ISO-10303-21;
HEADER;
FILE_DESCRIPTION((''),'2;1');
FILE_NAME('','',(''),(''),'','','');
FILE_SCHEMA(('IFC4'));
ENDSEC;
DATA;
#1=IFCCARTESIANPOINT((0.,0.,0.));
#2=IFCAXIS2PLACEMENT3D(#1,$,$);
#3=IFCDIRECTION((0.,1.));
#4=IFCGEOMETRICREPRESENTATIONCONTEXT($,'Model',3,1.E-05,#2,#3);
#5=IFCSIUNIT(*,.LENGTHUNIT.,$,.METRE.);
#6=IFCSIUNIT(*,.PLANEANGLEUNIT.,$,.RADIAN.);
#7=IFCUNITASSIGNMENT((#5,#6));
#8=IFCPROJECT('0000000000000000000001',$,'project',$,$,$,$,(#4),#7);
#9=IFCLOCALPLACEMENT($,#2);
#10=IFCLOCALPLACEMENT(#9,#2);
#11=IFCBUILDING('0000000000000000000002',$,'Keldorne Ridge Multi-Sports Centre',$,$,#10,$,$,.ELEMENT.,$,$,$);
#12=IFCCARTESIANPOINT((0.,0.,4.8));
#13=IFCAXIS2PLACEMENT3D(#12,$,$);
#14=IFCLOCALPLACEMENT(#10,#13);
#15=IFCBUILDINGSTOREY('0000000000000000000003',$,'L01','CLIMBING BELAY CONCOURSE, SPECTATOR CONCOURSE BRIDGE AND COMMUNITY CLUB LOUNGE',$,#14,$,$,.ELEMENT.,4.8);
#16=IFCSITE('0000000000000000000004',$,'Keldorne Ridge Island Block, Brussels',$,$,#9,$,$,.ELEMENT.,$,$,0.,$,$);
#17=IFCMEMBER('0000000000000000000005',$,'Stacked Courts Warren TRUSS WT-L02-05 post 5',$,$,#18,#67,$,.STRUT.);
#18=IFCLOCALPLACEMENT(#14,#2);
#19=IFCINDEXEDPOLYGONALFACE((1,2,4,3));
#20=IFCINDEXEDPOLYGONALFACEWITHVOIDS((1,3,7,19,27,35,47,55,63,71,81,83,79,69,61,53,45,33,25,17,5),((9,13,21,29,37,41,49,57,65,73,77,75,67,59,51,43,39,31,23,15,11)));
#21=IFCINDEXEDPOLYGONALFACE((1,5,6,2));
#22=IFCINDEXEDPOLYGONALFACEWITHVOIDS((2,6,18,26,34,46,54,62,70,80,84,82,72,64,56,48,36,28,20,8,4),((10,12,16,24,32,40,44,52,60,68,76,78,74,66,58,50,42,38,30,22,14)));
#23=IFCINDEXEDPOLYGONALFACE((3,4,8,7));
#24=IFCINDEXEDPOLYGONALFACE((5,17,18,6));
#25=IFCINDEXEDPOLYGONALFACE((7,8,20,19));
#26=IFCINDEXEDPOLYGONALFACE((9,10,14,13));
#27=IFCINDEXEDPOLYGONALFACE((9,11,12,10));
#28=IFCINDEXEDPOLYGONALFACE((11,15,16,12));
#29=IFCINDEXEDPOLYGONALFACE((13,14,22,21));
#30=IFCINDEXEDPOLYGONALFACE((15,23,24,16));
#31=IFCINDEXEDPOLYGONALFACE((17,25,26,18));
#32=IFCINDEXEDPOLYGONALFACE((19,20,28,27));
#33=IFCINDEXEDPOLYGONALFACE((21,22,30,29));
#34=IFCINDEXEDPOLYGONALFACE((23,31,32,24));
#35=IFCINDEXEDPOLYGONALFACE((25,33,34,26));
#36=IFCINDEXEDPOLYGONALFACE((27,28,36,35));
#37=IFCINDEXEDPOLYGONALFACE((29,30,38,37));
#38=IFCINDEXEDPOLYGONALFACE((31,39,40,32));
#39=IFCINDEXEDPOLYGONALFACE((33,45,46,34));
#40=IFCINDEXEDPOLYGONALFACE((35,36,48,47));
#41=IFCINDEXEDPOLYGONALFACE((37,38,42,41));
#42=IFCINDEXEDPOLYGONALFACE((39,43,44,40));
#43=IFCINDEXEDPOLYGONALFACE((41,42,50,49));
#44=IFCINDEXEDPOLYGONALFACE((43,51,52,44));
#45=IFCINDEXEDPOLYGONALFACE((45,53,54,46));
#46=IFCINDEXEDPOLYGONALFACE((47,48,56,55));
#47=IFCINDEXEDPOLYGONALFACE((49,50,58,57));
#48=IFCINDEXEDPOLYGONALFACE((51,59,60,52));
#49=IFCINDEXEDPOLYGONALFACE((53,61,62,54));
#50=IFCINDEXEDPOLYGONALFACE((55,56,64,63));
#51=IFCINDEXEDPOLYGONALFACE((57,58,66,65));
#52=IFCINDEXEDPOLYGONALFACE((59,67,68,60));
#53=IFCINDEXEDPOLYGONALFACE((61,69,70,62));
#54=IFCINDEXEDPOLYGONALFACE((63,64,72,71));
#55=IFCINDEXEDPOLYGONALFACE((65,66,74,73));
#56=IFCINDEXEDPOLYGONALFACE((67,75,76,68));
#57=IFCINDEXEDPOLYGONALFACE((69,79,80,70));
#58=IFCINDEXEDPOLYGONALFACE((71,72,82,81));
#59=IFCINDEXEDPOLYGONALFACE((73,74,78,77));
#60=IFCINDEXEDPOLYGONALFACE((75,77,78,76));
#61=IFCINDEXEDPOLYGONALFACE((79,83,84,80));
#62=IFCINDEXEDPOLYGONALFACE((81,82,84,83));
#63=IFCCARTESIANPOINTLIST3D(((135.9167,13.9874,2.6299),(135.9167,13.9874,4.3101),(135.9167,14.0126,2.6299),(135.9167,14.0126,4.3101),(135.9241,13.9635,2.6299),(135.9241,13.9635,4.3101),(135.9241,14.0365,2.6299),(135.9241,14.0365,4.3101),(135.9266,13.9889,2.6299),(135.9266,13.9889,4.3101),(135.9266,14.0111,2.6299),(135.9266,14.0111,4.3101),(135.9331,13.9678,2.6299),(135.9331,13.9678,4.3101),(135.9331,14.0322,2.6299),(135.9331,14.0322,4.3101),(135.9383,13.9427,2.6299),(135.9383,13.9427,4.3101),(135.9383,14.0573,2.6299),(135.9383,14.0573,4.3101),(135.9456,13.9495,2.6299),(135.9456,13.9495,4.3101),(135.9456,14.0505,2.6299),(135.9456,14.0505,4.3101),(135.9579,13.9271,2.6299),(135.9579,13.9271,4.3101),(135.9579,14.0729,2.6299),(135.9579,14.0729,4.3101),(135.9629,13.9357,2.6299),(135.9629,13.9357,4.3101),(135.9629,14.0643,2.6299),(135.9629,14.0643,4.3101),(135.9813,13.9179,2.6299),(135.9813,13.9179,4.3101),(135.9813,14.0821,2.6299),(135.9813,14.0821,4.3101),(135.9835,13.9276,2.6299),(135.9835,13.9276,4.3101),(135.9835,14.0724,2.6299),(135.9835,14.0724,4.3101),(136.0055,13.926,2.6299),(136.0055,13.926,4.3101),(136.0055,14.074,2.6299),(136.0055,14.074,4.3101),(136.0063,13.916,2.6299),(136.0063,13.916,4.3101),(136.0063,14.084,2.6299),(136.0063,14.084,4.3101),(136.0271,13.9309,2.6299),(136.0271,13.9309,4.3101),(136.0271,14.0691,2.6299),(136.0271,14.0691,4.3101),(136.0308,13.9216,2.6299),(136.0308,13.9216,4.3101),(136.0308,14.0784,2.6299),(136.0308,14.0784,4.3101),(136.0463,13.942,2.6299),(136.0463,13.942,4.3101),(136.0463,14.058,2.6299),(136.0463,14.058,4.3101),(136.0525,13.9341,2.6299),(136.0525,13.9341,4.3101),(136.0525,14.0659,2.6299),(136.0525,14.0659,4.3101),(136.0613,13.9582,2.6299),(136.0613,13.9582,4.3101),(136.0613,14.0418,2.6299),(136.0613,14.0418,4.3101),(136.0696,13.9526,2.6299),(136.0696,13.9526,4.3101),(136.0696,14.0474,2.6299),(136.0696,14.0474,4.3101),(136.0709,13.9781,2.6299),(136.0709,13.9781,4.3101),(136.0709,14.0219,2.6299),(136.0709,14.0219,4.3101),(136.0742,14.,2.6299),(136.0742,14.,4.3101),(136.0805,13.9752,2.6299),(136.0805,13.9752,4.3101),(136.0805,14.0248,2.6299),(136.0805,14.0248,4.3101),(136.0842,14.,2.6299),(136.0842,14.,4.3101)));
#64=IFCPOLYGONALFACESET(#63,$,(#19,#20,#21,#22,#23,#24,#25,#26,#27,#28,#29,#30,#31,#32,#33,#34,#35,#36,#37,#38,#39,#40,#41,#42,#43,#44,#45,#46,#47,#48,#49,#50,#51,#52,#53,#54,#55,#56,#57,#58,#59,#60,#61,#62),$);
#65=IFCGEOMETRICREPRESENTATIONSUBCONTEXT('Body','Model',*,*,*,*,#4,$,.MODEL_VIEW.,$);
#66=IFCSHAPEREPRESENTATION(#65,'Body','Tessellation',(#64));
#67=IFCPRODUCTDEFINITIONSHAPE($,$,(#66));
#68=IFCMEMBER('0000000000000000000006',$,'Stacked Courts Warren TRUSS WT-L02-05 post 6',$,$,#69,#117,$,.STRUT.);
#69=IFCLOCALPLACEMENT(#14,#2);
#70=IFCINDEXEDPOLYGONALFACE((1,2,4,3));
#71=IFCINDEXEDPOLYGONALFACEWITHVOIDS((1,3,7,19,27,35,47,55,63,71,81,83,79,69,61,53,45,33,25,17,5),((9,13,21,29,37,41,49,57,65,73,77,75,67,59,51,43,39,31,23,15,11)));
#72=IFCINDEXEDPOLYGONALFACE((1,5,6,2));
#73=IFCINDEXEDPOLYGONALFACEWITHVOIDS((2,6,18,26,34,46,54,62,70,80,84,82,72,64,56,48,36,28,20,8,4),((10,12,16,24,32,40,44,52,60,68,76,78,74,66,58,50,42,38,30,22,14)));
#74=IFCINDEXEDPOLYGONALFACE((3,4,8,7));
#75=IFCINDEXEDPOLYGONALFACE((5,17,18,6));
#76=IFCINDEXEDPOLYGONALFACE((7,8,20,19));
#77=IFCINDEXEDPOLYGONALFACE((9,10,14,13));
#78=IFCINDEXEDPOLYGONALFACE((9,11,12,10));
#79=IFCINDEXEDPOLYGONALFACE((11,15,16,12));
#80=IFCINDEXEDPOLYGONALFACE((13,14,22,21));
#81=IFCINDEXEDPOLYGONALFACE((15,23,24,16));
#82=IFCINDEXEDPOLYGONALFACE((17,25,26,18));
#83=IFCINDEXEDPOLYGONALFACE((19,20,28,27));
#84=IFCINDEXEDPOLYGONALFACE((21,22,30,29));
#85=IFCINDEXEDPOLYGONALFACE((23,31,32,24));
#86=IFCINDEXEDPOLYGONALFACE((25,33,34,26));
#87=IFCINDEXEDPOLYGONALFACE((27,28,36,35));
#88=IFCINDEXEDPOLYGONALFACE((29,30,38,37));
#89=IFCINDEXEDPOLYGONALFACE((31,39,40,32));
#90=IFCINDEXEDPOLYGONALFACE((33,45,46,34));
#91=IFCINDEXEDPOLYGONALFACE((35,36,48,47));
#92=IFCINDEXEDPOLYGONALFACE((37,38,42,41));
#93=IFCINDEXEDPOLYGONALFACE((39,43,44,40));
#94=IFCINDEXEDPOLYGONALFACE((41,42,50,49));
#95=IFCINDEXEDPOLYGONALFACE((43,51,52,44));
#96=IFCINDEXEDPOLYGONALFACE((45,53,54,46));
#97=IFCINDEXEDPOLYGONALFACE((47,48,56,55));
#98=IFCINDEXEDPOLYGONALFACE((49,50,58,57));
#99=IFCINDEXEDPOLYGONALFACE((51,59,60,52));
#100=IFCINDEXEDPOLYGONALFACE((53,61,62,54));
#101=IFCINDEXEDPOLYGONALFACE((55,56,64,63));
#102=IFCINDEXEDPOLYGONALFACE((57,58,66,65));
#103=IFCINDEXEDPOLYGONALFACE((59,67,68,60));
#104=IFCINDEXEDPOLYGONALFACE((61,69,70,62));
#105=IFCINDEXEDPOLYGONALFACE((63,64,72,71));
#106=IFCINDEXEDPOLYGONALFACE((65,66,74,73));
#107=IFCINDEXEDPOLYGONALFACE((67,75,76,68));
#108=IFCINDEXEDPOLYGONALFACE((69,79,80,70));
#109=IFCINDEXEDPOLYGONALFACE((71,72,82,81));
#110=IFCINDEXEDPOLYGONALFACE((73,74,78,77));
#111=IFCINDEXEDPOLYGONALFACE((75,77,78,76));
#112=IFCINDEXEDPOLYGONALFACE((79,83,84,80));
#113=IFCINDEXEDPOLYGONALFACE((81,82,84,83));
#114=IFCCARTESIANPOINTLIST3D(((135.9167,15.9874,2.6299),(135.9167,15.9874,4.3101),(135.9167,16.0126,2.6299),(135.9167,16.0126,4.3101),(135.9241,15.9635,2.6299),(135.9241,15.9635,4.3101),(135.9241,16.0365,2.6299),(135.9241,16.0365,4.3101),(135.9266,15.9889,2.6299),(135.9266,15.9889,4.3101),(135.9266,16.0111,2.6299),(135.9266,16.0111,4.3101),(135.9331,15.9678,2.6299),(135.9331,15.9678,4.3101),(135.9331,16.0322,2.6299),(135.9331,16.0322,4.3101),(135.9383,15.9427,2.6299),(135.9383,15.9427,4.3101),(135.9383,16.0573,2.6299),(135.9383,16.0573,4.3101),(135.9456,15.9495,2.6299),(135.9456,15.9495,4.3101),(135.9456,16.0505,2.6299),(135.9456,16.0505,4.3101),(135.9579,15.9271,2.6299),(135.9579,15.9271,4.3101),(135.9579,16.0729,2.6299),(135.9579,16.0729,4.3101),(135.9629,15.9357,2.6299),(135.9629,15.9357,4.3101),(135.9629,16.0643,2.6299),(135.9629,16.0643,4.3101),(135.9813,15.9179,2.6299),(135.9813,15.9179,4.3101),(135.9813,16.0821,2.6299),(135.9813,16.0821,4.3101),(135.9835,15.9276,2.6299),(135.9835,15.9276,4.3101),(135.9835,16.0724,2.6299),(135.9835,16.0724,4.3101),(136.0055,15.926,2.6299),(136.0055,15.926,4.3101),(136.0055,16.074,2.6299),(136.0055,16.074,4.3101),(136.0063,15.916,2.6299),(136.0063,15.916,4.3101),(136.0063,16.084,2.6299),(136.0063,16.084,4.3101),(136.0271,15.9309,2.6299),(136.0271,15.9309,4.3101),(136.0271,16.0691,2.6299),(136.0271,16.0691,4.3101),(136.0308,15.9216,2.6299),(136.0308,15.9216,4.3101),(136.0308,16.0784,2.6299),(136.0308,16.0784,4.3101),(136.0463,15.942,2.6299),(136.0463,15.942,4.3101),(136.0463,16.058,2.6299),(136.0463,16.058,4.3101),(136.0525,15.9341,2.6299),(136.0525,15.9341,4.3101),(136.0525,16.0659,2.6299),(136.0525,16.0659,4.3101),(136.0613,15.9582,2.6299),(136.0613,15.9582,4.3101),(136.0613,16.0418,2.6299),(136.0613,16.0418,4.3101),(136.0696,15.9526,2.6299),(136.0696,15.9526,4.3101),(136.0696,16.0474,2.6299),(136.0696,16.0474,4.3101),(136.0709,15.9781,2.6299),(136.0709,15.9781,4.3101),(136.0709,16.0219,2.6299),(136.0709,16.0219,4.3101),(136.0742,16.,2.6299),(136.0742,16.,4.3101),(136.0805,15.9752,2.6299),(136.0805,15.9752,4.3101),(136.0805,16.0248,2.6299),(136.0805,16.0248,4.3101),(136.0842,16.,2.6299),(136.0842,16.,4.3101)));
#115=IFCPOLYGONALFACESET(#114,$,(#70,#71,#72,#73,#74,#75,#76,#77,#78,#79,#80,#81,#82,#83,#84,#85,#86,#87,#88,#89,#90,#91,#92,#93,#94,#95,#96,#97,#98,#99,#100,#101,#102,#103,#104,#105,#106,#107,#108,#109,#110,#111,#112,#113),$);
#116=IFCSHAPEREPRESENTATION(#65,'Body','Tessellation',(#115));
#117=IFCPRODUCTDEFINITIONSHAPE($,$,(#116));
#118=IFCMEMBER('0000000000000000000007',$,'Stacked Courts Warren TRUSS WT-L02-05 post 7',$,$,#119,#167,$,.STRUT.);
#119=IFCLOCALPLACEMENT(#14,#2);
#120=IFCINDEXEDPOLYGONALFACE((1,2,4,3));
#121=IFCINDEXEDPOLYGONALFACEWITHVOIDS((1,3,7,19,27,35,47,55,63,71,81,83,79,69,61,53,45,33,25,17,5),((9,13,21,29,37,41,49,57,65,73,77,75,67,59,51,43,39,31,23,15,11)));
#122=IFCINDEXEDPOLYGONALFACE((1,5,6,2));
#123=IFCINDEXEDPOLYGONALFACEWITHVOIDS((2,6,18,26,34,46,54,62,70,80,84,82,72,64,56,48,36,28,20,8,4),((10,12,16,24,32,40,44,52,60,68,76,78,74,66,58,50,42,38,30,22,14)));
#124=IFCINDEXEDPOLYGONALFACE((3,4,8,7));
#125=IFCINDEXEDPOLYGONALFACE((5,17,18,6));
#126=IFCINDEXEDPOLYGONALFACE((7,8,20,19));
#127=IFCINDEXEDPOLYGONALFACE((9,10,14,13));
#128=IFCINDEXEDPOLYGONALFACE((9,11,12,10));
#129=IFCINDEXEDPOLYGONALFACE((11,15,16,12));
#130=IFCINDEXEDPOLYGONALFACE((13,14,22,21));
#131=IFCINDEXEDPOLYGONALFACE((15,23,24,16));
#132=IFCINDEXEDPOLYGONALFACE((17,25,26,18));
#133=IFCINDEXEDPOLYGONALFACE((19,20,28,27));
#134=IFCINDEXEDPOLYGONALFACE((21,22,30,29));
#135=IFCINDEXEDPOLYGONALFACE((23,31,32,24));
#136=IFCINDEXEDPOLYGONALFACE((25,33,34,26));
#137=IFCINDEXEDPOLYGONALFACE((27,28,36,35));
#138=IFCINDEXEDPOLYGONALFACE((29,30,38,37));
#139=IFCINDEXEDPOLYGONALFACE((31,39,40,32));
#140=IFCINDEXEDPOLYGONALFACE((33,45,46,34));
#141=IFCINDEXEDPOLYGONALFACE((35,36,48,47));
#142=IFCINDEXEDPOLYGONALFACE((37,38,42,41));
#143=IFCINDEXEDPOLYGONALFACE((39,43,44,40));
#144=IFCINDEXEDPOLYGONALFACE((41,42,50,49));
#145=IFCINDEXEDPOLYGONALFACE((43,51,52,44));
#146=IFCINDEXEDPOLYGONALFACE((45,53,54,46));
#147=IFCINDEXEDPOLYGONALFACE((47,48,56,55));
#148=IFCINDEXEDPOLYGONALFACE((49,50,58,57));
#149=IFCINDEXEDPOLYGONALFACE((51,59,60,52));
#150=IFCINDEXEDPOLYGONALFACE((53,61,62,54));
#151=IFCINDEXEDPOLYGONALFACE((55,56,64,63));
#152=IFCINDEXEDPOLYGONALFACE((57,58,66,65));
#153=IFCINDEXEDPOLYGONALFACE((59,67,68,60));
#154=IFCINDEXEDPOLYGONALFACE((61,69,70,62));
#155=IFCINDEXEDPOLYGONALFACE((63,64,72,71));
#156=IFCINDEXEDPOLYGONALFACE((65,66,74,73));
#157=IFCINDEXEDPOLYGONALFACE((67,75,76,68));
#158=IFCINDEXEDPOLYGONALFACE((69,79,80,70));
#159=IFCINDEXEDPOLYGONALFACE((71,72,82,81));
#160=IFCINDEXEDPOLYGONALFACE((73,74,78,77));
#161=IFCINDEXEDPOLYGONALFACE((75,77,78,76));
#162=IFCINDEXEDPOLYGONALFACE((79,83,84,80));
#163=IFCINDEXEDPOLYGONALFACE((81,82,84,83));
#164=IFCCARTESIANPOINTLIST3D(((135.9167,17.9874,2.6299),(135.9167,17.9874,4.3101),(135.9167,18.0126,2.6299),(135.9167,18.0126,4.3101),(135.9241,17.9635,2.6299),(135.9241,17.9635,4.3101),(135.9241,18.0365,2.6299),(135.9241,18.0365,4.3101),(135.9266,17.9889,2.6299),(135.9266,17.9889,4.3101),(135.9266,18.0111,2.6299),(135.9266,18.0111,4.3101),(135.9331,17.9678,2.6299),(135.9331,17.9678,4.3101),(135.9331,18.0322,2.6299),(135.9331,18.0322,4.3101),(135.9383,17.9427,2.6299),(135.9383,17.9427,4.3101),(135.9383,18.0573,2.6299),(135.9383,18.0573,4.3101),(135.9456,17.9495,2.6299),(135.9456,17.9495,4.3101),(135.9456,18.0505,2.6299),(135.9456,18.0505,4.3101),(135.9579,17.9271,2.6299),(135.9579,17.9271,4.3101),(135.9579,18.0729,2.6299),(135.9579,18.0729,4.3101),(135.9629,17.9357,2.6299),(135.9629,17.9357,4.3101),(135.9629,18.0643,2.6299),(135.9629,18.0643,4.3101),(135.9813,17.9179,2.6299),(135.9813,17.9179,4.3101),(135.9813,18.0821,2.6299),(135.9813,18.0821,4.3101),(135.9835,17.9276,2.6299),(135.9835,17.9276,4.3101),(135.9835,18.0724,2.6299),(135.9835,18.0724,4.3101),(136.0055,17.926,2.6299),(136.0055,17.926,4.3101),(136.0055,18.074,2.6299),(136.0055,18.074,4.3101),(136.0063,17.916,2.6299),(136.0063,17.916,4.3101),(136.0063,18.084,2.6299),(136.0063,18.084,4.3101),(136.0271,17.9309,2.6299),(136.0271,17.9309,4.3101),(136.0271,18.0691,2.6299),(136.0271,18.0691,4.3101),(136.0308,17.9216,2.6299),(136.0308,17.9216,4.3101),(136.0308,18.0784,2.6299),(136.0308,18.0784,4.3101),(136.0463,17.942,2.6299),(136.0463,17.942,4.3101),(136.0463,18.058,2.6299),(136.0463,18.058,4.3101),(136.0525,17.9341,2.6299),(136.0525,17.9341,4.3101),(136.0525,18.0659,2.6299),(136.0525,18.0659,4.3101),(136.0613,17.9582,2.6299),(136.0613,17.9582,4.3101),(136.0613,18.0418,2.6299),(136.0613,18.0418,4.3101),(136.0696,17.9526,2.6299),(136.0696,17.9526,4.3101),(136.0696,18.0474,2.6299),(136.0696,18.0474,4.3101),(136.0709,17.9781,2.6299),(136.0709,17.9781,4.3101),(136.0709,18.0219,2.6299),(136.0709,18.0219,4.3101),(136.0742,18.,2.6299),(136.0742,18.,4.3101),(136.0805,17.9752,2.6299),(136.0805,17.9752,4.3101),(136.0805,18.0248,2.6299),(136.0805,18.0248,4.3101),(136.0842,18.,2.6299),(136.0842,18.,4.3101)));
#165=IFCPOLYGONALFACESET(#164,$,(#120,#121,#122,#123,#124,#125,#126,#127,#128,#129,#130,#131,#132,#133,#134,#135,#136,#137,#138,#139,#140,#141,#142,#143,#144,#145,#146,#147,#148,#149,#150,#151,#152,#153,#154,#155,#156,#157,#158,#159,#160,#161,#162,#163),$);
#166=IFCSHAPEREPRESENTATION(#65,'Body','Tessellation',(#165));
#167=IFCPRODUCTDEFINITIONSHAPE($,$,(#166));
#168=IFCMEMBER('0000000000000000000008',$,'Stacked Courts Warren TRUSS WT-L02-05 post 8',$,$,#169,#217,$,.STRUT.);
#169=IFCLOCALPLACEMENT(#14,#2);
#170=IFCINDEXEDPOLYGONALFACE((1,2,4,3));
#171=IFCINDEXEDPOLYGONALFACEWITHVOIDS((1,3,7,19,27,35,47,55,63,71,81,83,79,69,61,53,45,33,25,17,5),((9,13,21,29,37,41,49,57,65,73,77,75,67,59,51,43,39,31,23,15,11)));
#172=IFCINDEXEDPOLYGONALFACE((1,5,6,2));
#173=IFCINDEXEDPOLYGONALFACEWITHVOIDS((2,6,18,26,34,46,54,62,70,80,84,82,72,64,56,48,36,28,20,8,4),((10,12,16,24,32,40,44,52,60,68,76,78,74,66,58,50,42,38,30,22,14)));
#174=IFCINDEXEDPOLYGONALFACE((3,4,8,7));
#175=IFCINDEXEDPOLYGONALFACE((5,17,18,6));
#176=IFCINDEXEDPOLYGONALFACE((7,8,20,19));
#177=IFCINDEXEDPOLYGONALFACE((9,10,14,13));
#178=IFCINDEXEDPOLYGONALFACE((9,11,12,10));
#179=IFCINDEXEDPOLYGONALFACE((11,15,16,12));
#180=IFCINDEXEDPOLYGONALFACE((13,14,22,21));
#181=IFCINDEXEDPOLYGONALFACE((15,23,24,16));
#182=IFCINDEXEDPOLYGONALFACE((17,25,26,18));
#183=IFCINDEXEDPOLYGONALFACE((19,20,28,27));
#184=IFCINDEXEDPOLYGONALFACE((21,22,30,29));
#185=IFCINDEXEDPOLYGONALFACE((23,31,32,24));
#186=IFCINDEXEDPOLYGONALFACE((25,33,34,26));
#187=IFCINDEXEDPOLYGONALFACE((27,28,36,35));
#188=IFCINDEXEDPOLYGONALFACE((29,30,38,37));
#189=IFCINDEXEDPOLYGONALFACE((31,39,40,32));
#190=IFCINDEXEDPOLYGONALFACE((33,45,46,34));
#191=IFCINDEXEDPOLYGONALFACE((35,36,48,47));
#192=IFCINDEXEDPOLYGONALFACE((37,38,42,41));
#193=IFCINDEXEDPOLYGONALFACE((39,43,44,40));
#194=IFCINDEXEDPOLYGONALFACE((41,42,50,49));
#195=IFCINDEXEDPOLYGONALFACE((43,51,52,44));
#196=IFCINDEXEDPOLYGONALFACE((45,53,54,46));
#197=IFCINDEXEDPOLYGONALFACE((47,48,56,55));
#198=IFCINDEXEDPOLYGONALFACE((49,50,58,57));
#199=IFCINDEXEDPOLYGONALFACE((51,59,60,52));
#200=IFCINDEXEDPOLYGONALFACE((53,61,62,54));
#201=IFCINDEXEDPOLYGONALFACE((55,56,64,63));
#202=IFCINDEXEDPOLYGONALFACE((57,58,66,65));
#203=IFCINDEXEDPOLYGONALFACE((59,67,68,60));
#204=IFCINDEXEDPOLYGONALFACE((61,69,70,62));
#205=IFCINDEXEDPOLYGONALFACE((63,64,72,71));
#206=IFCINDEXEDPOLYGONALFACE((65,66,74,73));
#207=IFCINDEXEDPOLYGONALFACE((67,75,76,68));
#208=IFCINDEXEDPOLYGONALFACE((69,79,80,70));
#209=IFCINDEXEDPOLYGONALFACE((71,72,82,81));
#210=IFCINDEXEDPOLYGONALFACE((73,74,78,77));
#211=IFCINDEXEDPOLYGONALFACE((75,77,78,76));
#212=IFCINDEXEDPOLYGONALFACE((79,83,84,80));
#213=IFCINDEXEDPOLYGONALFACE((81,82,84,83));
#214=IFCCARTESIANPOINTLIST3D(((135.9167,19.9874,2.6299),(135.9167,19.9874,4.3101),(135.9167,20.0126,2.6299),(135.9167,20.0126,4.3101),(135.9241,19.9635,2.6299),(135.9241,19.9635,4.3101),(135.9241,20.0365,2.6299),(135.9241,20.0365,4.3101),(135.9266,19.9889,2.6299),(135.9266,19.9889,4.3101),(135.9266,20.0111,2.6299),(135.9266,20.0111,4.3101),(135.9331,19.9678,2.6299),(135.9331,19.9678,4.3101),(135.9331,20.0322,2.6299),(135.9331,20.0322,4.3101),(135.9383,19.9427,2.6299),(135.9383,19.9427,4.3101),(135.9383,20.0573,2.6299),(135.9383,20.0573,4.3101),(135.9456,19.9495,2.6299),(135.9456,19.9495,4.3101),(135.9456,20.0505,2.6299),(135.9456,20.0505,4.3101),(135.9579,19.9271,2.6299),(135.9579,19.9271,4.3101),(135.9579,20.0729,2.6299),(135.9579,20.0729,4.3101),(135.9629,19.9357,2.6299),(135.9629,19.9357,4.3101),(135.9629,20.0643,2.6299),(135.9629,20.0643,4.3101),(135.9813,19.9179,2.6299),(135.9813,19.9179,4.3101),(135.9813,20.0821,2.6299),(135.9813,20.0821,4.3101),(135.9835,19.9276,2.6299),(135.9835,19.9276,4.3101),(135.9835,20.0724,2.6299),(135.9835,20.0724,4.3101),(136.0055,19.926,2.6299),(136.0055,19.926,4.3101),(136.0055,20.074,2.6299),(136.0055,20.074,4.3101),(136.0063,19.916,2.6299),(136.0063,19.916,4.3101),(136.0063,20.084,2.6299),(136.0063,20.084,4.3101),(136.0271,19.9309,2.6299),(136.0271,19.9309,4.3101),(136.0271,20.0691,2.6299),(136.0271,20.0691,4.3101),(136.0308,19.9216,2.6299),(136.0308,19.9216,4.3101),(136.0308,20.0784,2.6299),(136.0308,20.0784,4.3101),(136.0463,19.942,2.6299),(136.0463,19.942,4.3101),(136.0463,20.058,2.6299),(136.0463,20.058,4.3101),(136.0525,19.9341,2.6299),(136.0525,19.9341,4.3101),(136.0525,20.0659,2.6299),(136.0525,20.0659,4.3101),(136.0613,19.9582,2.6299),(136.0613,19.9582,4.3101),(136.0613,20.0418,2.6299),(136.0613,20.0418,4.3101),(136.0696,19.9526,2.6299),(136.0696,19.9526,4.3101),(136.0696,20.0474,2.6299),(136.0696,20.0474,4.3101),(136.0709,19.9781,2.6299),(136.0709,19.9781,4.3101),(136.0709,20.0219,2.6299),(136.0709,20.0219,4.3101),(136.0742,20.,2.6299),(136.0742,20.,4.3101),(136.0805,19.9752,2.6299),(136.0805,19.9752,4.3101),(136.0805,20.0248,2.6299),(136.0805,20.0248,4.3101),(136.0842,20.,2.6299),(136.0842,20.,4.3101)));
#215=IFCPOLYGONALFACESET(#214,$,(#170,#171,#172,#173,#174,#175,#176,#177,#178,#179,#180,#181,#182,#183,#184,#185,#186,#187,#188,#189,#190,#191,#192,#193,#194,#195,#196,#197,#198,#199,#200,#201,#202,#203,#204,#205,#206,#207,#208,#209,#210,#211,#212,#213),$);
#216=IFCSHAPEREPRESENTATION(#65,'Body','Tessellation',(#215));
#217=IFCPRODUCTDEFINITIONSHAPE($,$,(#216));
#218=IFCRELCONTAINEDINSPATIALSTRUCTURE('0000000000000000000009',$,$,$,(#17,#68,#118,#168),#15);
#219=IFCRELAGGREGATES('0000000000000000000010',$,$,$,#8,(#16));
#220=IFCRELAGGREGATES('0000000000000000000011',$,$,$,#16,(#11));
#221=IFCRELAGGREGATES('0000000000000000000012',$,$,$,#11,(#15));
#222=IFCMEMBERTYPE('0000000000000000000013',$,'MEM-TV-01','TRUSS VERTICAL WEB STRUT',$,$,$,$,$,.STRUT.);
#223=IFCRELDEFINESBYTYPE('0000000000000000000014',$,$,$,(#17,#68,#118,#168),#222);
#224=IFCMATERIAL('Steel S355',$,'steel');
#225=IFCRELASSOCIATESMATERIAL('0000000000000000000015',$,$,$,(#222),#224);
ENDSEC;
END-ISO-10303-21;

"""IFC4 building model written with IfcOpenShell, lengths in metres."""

from ifc_helpers import new_model, si_unit, direction, frame, origin, origin_2d, place, context, subcontext, project, spatial, hollow_circle, extrude, material, material_profile, profile_set, type_object, element, save


model = new_model("IFC4")

# Units and contexts
model_context = context("Model", 3, precision=1e-05, world=origin(), true_north=direction((0.0, 1.0)))
body_context = subcontext(model_context, "Body", "Model", "MODEL_VIEW")
ifc_project = project(units=[si_unit("LENGTHUNIT", "METRE"), si_unit("PLANEANGLEUNIT", "RADIAN")], contexts=[model_context])

# Site, building, storey
site_placement = place(None, origin())
site = spatial("IfcSite", under=ifc_project, at=site_placement, Name="Keldorne Ridge Island Block, Brussels", CompositionType="ELEMENT", RefElevation=0.0)
building_placement = place(site_placement, origin())
building = spatial("IfcBuilding", under=site, at=building_placement, Name="Keldorne Ridge Multi-Sports Centre", CompositionType="ELEMENT")
storey_placement = place(building_placement, frame((0.0, 0.0, 4.8)))
storey = spatial("IfcBuildingStorey", under=building, at=storey_placement, Name="L01", Description="CLIMBING BELAY CONCOURSE, SPECTATOR CONCOURSE BRIDGE AND COMMUNITY CLUB LOUNGE", CompositionType="ELEMENT", Elevation=4.8)

# Members
ifc_material = material(Name="Steel S355", Category="steel")
ifc_material_profile_1 = material_profile(ifc_material, hollow_circle(Radius=0.0842, WallThickness=0.01, at=origin_2d()), Name="CHS 168.3x10")
ifc_profile_set_1 = profile_set([ifc_material_profile_1], Name="Steel S355")
member_type_1 = type_object("IfcMemberType", Name="MEM-TV-01", Description="TRUSS VERTICAL WEB STRUT", PredefinedType="STRUT", material=ifc_profile_set_1)
for number, where, z_axis, x_axis, name in (
    (1, (136.0, 14.0, 2.6299), (0.0, 0.0, 1.0), (1.0, 0.0, 0.0), "Stacked Courts Warren TRUSS WT-L02-05 post 5"),
    (2, (136.0, 16.0, 2.6299), (0.0, 0.0, 1.0), (1.0, 0.0, 0.0), "Stacked Courts Warren TRUSS WT-L02-05 post 6"),
    (3, (136.0, 18.0, 2.6299), (0.0, 0.0, 1.0), (1.0, 0.0, 0.0), "Stacked Courts Warren TRUSS WT-L02-05 post 7"),
    (4, (136.0, 20.0, 2.6299), (0.0, 0.0, 1.0), (1.0, 0.0, 0.0), "Stacked Courts Warren TRUSS WT-L02-05 post 8"),
):
    element("IfcMember", number, at=place(storey_placement, frame(where, z_axis=z_axis, x_axis=x_axis)), inside=storey, type_object=member_type_1, Name=name, PredefinedType="STRUT", context=body_context, shape_type="SweptSolid", body=[
        extrude(hollow_circle(Radius=0.0842, WallThickness=0.01, at=origin_2d()), origin(), (0.0, 0.0, 1.0), 1.6802),
    ])

save(model, "model.ifc")
